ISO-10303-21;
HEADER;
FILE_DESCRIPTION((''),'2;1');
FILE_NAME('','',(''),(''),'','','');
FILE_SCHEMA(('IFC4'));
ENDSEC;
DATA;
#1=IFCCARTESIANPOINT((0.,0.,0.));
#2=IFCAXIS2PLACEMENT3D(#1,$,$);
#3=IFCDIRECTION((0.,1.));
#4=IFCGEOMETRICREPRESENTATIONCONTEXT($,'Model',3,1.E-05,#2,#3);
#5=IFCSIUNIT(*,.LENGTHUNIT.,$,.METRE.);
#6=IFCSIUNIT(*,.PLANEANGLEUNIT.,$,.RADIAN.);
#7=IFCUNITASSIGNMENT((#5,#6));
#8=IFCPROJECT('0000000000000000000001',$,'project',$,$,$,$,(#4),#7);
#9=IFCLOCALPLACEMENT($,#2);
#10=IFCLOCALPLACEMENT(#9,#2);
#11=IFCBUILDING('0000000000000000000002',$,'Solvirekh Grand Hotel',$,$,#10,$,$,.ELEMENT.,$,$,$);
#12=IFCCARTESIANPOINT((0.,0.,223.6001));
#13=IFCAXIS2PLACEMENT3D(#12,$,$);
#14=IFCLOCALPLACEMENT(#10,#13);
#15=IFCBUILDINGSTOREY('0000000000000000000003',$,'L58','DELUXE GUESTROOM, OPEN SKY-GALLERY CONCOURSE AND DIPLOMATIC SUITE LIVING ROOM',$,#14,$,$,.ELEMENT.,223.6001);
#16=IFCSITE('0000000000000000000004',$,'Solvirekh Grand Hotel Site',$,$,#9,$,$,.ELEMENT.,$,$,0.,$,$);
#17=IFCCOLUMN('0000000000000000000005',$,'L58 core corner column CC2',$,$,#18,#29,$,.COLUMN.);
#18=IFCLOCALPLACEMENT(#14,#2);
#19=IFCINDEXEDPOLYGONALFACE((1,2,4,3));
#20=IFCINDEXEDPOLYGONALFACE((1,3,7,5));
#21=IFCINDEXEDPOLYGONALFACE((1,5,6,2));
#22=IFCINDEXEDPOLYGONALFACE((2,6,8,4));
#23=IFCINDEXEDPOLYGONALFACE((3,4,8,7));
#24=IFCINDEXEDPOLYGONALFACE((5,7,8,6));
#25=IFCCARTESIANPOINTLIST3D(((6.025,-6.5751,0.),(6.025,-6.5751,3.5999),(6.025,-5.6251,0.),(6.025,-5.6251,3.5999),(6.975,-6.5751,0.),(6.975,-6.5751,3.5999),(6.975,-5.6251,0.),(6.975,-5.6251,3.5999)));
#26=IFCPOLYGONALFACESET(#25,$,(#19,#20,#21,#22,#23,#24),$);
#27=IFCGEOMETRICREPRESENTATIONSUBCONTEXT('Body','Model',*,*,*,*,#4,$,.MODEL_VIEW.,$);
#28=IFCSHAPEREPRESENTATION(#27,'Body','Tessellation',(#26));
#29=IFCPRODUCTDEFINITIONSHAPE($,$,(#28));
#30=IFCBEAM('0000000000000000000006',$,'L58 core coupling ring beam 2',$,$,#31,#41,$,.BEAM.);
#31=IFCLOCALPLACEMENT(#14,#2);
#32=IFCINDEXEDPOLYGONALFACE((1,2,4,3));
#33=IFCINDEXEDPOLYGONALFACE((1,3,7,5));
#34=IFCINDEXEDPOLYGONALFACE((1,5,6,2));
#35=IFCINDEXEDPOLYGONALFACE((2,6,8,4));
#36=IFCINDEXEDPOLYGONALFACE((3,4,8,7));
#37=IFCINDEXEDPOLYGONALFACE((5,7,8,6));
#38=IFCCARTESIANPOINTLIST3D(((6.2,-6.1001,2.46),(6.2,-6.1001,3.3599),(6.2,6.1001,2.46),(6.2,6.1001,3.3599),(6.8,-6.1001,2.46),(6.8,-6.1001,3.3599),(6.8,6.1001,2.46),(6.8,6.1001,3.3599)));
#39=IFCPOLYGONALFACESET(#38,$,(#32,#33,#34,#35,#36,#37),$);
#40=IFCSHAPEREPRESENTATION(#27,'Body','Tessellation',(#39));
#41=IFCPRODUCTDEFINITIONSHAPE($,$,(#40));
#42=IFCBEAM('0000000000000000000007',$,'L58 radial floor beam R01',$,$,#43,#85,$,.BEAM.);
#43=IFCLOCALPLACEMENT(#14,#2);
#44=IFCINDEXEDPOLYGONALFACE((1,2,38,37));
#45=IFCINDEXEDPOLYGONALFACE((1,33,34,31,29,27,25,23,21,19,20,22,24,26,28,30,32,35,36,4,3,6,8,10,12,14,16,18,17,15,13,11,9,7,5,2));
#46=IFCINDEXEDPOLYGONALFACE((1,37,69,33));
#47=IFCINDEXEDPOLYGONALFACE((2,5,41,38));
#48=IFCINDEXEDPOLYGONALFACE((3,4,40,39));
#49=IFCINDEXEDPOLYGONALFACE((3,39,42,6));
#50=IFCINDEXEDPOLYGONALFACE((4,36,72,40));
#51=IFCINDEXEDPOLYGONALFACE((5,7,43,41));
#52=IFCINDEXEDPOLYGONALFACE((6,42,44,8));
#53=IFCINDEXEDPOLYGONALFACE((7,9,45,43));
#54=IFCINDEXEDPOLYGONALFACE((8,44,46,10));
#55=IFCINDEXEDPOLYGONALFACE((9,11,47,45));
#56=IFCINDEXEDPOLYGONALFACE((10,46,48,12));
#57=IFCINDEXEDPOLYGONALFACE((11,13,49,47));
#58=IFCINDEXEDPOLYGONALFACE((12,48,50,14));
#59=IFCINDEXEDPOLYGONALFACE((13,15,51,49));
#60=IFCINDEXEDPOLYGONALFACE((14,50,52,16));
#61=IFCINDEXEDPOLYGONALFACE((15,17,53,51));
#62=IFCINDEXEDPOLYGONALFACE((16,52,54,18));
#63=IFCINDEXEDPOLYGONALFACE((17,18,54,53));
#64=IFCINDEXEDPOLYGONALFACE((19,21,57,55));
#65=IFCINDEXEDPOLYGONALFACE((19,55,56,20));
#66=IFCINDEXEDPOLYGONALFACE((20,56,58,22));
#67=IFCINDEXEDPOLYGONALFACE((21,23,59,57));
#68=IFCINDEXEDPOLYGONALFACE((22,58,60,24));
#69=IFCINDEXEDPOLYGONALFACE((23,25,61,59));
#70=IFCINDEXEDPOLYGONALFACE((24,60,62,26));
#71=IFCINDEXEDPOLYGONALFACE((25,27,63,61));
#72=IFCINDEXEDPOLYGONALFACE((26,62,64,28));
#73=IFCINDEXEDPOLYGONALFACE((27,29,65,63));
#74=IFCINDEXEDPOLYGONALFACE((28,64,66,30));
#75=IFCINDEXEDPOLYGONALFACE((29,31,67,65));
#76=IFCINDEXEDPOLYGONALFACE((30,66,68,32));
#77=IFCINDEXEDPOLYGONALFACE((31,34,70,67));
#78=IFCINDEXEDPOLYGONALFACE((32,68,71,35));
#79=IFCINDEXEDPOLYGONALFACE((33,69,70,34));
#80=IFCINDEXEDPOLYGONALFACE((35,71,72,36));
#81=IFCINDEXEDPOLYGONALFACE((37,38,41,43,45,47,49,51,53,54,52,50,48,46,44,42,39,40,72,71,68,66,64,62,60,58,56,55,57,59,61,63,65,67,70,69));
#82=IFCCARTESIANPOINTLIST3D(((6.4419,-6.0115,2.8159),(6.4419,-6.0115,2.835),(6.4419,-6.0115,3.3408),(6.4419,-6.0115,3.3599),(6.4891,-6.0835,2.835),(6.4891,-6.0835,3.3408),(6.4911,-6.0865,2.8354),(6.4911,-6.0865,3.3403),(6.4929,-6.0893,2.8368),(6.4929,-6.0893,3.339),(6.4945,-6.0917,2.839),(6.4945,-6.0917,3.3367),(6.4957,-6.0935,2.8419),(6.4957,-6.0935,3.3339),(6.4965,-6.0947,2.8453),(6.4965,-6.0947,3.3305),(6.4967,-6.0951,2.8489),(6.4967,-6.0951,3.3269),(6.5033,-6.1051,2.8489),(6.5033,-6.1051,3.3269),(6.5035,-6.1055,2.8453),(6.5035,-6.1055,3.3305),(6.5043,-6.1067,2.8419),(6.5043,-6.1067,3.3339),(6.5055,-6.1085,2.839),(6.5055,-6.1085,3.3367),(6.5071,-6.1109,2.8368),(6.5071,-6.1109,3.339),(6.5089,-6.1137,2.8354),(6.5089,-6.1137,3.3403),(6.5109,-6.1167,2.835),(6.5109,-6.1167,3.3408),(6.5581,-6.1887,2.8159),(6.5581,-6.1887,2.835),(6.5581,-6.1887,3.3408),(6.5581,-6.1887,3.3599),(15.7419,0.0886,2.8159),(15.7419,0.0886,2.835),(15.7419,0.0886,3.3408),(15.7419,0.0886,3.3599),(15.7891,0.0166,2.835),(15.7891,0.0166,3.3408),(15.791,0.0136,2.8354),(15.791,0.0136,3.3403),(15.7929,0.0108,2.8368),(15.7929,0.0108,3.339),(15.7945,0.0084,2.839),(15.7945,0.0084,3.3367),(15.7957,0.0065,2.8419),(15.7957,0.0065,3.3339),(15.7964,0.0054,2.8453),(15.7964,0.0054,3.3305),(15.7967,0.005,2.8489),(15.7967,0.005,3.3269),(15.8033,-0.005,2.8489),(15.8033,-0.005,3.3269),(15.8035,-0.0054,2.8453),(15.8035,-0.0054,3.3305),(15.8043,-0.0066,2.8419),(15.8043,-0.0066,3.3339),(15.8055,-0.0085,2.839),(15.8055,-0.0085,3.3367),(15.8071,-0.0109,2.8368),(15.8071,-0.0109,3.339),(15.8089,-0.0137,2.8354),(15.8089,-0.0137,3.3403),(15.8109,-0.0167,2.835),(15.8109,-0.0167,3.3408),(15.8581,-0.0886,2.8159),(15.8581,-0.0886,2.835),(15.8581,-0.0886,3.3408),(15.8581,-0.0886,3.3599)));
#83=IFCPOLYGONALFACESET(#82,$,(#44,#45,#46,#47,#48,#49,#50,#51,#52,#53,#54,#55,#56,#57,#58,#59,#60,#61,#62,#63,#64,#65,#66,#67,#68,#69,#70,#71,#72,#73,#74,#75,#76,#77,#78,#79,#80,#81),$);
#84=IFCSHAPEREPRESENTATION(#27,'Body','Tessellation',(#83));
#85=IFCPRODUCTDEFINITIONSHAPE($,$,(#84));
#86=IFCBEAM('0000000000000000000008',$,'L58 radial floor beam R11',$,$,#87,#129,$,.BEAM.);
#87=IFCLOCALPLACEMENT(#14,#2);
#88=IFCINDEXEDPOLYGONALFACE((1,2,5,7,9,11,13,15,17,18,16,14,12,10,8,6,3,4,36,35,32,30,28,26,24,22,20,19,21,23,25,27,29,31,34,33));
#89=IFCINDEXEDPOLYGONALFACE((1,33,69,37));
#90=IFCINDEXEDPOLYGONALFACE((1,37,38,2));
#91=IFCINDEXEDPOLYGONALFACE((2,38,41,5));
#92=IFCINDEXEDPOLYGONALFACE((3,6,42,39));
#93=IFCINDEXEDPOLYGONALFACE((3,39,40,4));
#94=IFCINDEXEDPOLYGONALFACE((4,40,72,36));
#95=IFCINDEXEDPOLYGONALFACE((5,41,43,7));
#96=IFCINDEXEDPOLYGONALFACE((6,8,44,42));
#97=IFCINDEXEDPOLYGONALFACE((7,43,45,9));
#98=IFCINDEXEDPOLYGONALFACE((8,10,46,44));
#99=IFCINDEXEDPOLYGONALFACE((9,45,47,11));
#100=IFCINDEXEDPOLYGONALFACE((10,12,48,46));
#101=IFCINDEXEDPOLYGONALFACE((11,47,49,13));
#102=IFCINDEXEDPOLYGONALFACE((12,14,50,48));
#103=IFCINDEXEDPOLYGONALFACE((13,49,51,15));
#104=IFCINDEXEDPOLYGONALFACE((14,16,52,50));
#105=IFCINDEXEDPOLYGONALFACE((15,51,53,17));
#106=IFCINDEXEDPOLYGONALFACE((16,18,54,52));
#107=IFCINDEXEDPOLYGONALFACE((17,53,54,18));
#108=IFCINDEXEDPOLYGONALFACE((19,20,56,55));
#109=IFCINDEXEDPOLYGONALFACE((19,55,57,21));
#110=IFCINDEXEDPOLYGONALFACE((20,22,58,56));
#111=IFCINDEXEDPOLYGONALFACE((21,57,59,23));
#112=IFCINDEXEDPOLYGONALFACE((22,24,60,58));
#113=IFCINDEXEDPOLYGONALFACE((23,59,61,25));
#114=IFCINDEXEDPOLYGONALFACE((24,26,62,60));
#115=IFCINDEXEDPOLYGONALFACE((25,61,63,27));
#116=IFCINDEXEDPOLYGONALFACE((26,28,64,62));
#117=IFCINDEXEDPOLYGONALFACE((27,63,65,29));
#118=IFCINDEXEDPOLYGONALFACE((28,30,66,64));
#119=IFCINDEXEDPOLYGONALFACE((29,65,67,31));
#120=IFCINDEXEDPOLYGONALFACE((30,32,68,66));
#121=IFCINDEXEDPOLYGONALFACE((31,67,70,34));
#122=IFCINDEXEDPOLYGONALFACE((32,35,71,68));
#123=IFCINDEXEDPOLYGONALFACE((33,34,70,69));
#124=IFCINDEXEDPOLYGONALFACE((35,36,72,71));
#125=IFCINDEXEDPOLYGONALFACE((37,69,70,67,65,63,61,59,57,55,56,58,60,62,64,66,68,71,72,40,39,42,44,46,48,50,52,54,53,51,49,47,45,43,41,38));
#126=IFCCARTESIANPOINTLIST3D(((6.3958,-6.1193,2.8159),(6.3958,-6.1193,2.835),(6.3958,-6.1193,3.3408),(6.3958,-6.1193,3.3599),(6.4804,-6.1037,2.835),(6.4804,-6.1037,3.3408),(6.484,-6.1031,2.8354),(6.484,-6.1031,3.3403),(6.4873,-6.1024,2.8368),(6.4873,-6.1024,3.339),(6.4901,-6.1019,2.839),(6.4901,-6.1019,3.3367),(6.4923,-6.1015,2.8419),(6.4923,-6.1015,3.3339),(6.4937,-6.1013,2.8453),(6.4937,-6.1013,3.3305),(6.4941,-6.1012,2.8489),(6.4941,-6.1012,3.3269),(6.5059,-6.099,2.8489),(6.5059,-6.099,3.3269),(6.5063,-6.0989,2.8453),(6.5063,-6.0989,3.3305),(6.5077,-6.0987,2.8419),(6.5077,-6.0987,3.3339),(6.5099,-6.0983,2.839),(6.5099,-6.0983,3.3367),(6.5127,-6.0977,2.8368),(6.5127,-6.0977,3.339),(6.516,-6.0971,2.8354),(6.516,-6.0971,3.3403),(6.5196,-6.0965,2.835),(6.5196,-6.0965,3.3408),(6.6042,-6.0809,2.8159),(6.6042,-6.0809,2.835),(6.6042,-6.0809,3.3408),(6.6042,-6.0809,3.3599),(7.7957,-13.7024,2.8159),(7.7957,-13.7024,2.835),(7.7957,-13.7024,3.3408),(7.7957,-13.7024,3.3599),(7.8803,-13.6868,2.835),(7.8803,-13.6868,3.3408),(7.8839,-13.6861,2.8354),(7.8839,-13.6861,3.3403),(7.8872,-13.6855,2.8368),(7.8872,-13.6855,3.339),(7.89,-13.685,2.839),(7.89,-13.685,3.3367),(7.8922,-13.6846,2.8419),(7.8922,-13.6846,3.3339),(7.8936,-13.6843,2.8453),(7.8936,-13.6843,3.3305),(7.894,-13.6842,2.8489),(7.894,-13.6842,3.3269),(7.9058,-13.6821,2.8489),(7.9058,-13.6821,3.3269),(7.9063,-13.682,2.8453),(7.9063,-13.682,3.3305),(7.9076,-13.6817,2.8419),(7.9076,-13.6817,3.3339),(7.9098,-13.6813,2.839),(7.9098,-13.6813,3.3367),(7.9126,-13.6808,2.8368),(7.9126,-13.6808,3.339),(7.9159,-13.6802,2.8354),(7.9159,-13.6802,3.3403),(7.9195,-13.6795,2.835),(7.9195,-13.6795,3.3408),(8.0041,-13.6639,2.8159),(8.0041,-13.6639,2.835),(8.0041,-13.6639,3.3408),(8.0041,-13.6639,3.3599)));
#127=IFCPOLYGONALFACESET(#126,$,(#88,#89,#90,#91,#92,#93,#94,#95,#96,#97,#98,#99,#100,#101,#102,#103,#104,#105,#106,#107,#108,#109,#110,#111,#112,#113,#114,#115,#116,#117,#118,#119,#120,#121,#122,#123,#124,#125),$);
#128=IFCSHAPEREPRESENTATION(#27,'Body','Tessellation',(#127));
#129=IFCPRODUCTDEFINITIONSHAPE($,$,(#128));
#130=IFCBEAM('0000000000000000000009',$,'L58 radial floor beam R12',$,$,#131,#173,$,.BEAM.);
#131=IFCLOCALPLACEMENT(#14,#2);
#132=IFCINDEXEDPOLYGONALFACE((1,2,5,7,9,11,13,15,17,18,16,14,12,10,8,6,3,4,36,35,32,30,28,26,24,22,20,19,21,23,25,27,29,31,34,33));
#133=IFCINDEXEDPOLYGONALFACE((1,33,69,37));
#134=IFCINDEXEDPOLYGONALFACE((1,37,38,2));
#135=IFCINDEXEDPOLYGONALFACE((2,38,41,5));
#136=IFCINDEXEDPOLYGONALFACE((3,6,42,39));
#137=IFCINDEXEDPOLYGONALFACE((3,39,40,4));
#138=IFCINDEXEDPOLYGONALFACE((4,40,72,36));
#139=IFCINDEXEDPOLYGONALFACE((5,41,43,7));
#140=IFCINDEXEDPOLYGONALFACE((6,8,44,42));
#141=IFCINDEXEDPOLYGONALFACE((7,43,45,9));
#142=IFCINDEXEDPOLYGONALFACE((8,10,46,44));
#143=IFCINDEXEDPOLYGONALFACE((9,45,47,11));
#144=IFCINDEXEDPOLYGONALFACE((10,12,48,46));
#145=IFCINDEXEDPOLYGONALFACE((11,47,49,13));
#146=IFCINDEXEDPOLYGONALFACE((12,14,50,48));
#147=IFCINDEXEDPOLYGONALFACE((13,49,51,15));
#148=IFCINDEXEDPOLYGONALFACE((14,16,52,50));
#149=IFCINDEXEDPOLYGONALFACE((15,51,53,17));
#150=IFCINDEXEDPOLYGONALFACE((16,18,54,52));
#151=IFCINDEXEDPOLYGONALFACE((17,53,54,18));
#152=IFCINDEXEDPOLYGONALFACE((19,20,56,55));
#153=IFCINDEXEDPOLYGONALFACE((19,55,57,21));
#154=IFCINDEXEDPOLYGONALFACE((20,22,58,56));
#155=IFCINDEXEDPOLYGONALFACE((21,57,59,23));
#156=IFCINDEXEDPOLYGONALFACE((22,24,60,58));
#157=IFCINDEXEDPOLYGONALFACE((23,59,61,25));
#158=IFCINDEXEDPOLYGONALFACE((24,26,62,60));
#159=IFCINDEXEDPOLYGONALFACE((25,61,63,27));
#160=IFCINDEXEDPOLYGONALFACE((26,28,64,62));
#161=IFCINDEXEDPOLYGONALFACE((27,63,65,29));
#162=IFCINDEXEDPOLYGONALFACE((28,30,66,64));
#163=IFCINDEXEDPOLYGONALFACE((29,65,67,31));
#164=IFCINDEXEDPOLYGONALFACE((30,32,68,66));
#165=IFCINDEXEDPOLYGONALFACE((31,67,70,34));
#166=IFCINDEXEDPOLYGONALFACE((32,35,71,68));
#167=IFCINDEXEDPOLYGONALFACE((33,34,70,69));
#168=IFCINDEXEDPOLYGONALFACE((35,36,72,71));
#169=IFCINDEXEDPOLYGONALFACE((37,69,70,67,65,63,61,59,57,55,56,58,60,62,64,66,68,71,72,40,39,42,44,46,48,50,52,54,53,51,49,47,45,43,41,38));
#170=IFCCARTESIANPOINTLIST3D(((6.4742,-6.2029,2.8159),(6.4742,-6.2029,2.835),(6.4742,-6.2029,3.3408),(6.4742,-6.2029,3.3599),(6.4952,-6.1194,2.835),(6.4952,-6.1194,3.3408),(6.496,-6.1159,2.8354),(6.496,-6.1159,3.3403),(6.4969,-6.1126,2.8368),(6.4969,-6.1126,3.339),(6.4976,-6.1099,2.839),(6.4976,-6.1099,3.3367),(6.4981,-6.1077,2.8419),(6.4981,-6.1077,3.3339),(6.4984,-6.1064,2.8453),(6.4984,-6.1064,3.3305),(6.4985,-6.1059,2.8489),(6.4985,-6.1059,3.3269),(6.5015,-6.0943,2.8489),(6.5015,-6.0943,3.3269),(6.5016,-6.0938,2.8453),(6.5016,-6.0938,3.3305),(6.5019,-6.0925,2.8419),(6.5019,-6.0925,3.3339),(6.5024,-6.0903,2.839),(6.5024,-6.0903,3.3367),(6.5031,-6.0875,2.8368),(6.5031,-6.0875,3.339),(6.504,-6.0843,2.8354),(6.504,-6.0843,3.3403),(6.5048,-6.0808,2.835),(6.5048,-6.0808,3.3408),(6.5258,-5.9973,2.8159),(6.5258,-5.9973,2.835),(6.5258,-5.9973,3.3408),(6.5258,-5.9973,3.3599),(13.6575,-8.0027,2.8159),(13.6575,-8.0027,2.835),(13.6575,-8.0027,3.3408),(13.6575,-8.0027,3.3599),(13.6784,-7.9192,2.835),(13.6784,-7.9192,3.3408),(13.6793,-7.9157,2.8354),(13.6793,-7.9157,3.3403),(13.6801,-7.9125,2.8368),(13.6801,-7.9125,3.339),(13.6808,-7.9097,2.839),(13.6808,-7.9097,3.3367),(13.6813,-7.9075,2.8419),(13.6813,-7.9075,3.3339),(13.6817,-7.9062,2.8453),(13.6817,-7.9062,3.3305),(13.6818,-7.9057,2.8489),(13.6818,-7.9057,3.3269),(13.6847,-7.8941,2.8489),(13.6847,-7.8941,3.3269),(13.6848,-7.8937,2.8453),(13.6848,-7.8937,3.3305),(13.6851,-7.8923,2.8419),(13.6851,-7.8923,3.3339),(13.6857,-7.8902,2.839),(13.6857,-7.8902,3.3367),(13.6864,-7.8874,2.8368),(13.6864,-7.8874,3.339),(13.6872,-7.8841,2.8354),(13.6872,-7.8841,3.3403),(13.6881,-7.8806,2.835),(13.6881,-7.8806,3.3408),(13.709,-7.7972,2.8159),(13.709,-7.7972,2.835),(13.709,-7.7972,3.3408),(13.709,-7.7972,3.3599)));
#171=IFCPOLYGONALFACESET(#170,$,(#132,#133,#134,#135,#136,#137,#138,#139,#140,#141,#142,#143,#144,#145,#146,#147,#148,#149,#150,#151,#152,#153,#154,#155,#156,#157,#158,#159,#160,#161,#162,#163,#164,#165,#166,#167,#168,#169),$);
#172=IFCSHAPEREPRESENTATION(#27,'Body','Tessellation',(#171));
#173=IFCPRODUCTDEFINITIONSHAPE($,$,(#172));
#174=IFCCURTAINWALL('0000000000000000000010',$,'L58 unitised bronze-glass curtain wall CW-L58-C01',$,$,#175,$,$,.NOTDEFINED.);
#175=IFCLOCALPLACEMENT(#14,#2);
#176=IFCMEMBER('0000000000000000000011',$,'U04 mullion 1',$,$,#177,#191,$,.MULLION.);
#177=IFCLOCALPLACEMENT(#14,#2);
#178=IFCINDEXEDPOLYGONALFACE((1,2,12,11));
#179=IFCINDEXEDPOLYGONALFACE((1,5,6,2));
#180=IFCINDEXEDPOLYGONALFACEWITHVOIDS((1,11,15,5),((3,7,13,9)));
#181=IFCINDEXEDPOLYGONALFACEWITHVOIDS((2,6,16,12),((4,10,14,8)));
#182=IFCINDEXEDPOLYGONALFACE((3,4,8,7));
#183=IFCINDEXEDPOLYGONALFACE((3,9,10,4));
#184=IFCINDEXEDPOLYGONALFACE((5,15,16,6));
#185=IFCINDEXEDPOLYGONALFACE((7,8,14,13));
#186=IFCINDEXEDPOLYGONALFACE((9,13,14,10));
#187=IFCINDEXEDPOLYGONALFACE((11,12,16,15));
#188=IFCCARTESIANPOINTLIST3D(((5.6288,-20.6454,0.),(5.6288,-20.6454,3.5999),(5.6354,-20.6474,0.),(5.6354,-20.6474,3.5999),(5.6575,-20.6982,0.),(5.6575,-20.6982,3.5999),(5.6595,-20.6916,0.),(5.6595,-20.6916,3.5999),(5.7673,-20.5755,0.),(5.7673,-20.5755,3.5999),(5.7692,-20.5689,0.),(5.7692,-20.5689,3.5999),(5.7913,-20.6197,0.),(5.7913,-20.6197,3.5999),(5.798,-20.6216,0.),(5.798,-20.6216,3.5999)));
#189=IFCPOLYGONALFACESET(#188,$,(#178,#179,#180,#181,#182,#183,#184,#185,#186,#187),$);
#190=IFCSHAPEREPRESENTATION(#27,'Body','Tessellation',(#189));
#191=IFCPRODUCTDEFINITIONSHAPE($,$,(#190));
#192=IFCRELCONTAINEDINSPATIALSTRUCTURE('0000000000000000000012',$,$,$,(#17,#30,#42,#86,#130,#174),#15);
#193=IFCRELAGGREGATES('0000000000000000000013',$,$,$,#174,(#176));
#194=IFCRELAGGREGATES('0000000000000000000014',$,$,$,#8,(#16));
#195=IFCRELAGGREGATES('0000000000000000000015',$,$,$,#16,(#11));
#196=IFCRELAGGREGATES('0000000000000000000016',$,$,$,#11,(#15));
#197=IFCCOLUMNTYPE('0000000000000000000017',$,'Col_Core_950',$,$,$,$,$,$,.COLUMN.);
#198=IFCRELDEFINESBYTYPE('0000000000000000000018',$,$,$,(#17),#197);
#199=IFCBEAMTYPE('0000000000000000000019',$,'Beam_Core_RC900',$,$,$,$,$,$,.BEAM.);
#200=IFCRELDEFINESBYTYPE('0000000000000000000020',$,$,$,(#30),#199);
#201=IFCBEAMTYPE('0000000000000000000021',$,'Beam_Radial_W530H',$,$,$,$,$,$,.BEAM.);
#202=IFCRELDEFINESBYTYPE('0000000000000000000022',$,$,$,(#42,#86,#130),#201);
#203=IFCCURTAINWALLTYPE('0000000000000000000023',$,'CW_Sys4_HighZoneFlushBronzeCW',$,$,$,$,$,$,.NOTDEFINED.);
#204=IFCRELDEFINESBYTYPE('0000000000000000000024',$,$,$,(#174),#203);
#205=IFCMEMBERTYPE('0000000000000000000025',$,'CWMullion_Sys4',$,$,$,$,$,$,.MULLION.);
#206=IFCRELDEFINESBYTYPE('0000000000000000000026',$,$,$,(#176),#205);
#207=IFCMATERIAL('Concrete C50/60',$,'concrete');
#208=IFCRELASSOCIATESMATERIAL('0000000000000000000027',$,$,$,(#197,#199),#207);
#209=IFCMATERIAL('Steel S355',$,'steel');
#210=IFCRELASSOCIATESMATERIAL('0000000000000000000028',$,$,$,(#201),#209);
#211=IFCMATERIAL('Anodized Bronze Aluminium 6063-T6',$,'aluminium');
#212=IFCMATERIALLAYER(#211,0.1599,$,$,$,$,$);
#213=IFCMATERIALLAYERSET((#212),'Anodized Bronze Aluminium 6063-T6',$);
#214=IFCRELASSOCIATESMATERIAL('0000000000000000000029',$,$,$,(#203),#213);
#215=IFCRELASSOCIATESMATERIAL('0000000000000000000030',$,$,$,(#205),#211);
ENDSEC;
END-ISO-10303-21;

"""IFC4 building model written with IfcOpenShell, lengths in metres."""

from ifc_helpers import new_model, si_unit, direction, frame, origin, origin_2d, place, context, subcontext, project, spatial, rectangle, hollow_rectangle, i_section, extrude, source, transform, mapped, material, layer, layer_set, material_profile, profile_set, type_object, element, aggregate, save


model = new_model("IFC4")

# Units and contexts
model_context = context("Model", 3, precision=1e-05, world=origin(), true_north=direction((0.0, 1.0)))
body_context = subcontext(model_context, "Body", "Model", "MODEL_VIEW")
ifc_project = project(units=[si_unit("LENGTHUNIT", "METRE"), si_unit("PLANEANGLEUNIT", "RADIAN")], contexts=[model_context])

# Site, building, storey
site_placement = place(None, origin())
site = spatial("IfcSite", under=ifc_project, at=site_placement, Name="Solvirekh Grand Hotel Site", CompositionType="ELEMENT", RefElevation=0.0)
building_placement = place(site_placement, origin())
building = spatial("IfcBuilding", under=site, at=building_placement, Name="Solvirekh Grand Hotel", CompositionType="ELEMENT")
storey_placement = place(building_placement, frame((0.0, 0.0, 223.6001)))
storey = spatial("IfcBuildingStorey", under=building, at=storey_placement, Name="L58", Description="DELUXE GUESTROOM, OPEN SKY-GALLERY CONCOURSE AND DIPLOMATIC SUITE LIVING ROOM", CompositionType="ELEMENT", Elevation=223.6001)

# Column
ifc_material_1 = material(Name="Concrete C50/60", Category="concrete")
ifc_material_profile_1 = material_profile(ifc_material_1, rectangle(XDim=0.95, YDim=0.95, at=origin_2d()), Name="RC 950X950")
ifc_profile_set_1 = profile_set([ifc_material_profile_1], Name="Concrete C50/60")
column_type = type_object("IfcColumnType", Name="Col_Core_950", PredefinedType="COLUMN", material=ifc_profile_set_1)
column_placement = place(storey_placement, frame((6.5, -6.1001, 0.0), z_axis=(0.0, 0.0, 1.0), x_axis=(1.0, 0.0, 0.0)))
element("IfcColumn", 1, at=column_placement, inside=storey, type_object=column_type, Name="L58 core corner column CC2", PredefinedType="COLUMN", context=body_context, shape_type="SweptSolid", body=[
    extrude(rectangle(XDim=0.95, YDim=0.95, at=origin_2d()), origin(), (0.0, 0.0, 1.0), 3.5999),
])

# Beams
ifc_material_profile_2 = material_profile(ifc_material_1, rectangle(XDim=0.6001, YDim=0.8999, at=origin_2d()), Name="RC BEAM 600X900")
ifc_profile_set_2 = profile_set([ifc_material_profile_2], Name="Concrete C50/60")
beam_type_1 = type_object("IfcBeamType", Name="Beam_Core_RC900", PredefinedType="BEAM", material=ifc_profile_set_2)
beam_1_placement = place(storey_placement, frame((6.5, -6.1001, 2.9099), z_axis=(0.0, 1.0, 0.0), x_axis=(-1.0, 0.0, 0.0)))
element("IfcBeam", 2, at=beam_1_placement, inside=storey, type_object=beam_type_1, Name="L58 core coupling ring beam 2", PredefinedType="BEAM", context=body_context, shape_type="SweptSolid", body=[
    extrude(rectangle(XDim=0.6001, YDim=0.8999, at=origin_2d()), origin(), (0.0, 0.0, 1.0), 12.2002),
])
ifc_material_2 = material(Name="Steel S355", Category="steel")
ifc_material_profile_3 = material_profile(ifc_material_2, i_section(OverallWidth=0.2119, OverallDepth=0.5439, WebThickness=0.012, FlangeThickness=0.019, FilletRadius=0.0139, at=origin_2d()), Name="W530X123")
ifc_profile_set_3 = profile_set([ifc_material_profile_3], Name="Steel S355")
beam_type_2 = type_object("IfcBeamType", Name="Beam_Radial_W530H", PredefinedType="BEAM", material=ifc_profile_set_3)
beam_2_placement = place(storey_placement, frame((6.5, -6.1001, 3.0879), z_axis=(0.836174, 0.548464, 0.0), x_axis=(-0.548464, 0.836174, 0.0)))
element("IfcBeam", 3, at=beam_2_placement, inside=storey, type_object=beam_type_2, Name="L58 radial floor beam R01", PredefinedType="BEAM", context=body_context, shape_type="SweptSolid", body=[
    extrude(i_section(OverallWidth=0.2119, OverallDepth=0.5439, WebThickness=0.012, FlangeThickness=0.019, FilletRadius=0.0139, at=origin_2d()), origin(), (0.0, 0.0, 1.0), 11.1221),
])
beam_3_placement = place(storey_placement, frame((6.5, -6.1001, 3.0879), z_axis=(0.181543, -0.983383, 0.0), x_axis=(0.983383, 0.181543, 0.0)))
element("IfcBeam", 4, at=beam_3_placement, inside=storey, type_object=beam_type_2, Name="L58 radial floor beam R11", PredefinedType="BEAM", context=body_context, shape_type="SweptSolid", body=[
    extrude(i_section(OverallWidth=0.2119, OverallDepth=0.5439, WebThickness=0.012, FlangeThickness=0.019, FilletRadius=0.0139, at=origin_2d()), origin(), (0.0, 0.0, 1.0), 7.7112),
])
beam_4_placement = place(storey_placement, frame((6.5, -6.1001, 3.0879), z_axis=(0.970014, -0.243048, 0.0), x_axis=(0.243048, 0.970014, 0.0)))
element("IfcBeam", 5, at=beam_4_placement, inside=storey, type_object=beam_type_2, Name="L58 radial floor beam R12", PredefinedType="BEAM", context=body_context, shape_type="SweptSolid", body=[
    extrude(i_section(OverallWidth=0.2119, OverallDepth=0.5439, WebThickness=0.012, FlangeThickness=0.019, FilletRadius=0.0139, at=origin_2d()), origin(), (0.0, 0.0, 1.0), 7.4053),
])

# Curtain wall, member
ifc_material_3 = material(Name="Anodized Bronze Aluminium 6063-T6", Category="aluminium")
ifc_layer_1 = layer(ifc_material_3, 0.1599)
ifc_layer_set_1 = layer_set([ifc_layer_1], Name="Anodized Bronze Aluminium 6063-T6")
curtain_wall_type = type_object("IfcCurtainWallType", Name="CW_Sys4_HighZoneFlushBronzeCW", PredefinedType="NOTDEFINED", material=ifc_layer_set_1)
curtain_wall_placement = place(storey_placement, origin())
curtain_wall = element("IfcCurtainWall", 6, at=curtain_wall_placement, inside=storey, type_object=curtain_wall_type, Name="L58 unitised bronze-glass curtain wall CW-L58-C01", PredefinedType="NOTDEFINED")
ifc_material_profile_4 = material_profile(ifc_material_3, hollow_rectangle(XDim=0.0601, YDim=0.1599, WallThickness=0.0049, at=origin_2d()), Name="ALU RHS 160X60X5")
ifc_profile_set_4 = profile_set([ifc_material_profile_4], Name="Anodized Bronze Aluminium 6063-T6")
member_type_1 = type_object("IfcMemberType", Name="CWMullion_Sys4", PredefinedType="MULLION", material=ifc_profile_set_4)
shared_shape_1 = source(origin(), body_context, "Body", "SweptSolid", [
    extrude(hollow_rectangle(XDim=0.0601, YDim=0.1599, WallThickness=0.0049, at=origin_2d()), origin(), (0.0, 0.0, 1.0), 3.5999),
])
member_1_placement = place(storey_placement, frame((5.7134, -20.6335, 0.0), z_axis=(0.0, 0.0, 1.0), x_axis=(-0.478641, 0.878011, 0.0)))
member_1 = element("IfcMember", 7, at=member_1_placement, type_object=member_type_1, Name="U04 mullion 1", PredefinedType="MULLION", context=body_context, shape_type="MappedRepresentation", body=[
    mapped(shared_shape_1, transform((0.0, 0.0, 0.0), x_axis=(1.0, 0.0, 0.0), y_axis=(0.0, 1.0, 0.0), z_axis=(0.0, 0.0, 1.0), scale=1.0)),
])
aggregate(curtain_wall, [member_1])

save(model, "model.ifc")
